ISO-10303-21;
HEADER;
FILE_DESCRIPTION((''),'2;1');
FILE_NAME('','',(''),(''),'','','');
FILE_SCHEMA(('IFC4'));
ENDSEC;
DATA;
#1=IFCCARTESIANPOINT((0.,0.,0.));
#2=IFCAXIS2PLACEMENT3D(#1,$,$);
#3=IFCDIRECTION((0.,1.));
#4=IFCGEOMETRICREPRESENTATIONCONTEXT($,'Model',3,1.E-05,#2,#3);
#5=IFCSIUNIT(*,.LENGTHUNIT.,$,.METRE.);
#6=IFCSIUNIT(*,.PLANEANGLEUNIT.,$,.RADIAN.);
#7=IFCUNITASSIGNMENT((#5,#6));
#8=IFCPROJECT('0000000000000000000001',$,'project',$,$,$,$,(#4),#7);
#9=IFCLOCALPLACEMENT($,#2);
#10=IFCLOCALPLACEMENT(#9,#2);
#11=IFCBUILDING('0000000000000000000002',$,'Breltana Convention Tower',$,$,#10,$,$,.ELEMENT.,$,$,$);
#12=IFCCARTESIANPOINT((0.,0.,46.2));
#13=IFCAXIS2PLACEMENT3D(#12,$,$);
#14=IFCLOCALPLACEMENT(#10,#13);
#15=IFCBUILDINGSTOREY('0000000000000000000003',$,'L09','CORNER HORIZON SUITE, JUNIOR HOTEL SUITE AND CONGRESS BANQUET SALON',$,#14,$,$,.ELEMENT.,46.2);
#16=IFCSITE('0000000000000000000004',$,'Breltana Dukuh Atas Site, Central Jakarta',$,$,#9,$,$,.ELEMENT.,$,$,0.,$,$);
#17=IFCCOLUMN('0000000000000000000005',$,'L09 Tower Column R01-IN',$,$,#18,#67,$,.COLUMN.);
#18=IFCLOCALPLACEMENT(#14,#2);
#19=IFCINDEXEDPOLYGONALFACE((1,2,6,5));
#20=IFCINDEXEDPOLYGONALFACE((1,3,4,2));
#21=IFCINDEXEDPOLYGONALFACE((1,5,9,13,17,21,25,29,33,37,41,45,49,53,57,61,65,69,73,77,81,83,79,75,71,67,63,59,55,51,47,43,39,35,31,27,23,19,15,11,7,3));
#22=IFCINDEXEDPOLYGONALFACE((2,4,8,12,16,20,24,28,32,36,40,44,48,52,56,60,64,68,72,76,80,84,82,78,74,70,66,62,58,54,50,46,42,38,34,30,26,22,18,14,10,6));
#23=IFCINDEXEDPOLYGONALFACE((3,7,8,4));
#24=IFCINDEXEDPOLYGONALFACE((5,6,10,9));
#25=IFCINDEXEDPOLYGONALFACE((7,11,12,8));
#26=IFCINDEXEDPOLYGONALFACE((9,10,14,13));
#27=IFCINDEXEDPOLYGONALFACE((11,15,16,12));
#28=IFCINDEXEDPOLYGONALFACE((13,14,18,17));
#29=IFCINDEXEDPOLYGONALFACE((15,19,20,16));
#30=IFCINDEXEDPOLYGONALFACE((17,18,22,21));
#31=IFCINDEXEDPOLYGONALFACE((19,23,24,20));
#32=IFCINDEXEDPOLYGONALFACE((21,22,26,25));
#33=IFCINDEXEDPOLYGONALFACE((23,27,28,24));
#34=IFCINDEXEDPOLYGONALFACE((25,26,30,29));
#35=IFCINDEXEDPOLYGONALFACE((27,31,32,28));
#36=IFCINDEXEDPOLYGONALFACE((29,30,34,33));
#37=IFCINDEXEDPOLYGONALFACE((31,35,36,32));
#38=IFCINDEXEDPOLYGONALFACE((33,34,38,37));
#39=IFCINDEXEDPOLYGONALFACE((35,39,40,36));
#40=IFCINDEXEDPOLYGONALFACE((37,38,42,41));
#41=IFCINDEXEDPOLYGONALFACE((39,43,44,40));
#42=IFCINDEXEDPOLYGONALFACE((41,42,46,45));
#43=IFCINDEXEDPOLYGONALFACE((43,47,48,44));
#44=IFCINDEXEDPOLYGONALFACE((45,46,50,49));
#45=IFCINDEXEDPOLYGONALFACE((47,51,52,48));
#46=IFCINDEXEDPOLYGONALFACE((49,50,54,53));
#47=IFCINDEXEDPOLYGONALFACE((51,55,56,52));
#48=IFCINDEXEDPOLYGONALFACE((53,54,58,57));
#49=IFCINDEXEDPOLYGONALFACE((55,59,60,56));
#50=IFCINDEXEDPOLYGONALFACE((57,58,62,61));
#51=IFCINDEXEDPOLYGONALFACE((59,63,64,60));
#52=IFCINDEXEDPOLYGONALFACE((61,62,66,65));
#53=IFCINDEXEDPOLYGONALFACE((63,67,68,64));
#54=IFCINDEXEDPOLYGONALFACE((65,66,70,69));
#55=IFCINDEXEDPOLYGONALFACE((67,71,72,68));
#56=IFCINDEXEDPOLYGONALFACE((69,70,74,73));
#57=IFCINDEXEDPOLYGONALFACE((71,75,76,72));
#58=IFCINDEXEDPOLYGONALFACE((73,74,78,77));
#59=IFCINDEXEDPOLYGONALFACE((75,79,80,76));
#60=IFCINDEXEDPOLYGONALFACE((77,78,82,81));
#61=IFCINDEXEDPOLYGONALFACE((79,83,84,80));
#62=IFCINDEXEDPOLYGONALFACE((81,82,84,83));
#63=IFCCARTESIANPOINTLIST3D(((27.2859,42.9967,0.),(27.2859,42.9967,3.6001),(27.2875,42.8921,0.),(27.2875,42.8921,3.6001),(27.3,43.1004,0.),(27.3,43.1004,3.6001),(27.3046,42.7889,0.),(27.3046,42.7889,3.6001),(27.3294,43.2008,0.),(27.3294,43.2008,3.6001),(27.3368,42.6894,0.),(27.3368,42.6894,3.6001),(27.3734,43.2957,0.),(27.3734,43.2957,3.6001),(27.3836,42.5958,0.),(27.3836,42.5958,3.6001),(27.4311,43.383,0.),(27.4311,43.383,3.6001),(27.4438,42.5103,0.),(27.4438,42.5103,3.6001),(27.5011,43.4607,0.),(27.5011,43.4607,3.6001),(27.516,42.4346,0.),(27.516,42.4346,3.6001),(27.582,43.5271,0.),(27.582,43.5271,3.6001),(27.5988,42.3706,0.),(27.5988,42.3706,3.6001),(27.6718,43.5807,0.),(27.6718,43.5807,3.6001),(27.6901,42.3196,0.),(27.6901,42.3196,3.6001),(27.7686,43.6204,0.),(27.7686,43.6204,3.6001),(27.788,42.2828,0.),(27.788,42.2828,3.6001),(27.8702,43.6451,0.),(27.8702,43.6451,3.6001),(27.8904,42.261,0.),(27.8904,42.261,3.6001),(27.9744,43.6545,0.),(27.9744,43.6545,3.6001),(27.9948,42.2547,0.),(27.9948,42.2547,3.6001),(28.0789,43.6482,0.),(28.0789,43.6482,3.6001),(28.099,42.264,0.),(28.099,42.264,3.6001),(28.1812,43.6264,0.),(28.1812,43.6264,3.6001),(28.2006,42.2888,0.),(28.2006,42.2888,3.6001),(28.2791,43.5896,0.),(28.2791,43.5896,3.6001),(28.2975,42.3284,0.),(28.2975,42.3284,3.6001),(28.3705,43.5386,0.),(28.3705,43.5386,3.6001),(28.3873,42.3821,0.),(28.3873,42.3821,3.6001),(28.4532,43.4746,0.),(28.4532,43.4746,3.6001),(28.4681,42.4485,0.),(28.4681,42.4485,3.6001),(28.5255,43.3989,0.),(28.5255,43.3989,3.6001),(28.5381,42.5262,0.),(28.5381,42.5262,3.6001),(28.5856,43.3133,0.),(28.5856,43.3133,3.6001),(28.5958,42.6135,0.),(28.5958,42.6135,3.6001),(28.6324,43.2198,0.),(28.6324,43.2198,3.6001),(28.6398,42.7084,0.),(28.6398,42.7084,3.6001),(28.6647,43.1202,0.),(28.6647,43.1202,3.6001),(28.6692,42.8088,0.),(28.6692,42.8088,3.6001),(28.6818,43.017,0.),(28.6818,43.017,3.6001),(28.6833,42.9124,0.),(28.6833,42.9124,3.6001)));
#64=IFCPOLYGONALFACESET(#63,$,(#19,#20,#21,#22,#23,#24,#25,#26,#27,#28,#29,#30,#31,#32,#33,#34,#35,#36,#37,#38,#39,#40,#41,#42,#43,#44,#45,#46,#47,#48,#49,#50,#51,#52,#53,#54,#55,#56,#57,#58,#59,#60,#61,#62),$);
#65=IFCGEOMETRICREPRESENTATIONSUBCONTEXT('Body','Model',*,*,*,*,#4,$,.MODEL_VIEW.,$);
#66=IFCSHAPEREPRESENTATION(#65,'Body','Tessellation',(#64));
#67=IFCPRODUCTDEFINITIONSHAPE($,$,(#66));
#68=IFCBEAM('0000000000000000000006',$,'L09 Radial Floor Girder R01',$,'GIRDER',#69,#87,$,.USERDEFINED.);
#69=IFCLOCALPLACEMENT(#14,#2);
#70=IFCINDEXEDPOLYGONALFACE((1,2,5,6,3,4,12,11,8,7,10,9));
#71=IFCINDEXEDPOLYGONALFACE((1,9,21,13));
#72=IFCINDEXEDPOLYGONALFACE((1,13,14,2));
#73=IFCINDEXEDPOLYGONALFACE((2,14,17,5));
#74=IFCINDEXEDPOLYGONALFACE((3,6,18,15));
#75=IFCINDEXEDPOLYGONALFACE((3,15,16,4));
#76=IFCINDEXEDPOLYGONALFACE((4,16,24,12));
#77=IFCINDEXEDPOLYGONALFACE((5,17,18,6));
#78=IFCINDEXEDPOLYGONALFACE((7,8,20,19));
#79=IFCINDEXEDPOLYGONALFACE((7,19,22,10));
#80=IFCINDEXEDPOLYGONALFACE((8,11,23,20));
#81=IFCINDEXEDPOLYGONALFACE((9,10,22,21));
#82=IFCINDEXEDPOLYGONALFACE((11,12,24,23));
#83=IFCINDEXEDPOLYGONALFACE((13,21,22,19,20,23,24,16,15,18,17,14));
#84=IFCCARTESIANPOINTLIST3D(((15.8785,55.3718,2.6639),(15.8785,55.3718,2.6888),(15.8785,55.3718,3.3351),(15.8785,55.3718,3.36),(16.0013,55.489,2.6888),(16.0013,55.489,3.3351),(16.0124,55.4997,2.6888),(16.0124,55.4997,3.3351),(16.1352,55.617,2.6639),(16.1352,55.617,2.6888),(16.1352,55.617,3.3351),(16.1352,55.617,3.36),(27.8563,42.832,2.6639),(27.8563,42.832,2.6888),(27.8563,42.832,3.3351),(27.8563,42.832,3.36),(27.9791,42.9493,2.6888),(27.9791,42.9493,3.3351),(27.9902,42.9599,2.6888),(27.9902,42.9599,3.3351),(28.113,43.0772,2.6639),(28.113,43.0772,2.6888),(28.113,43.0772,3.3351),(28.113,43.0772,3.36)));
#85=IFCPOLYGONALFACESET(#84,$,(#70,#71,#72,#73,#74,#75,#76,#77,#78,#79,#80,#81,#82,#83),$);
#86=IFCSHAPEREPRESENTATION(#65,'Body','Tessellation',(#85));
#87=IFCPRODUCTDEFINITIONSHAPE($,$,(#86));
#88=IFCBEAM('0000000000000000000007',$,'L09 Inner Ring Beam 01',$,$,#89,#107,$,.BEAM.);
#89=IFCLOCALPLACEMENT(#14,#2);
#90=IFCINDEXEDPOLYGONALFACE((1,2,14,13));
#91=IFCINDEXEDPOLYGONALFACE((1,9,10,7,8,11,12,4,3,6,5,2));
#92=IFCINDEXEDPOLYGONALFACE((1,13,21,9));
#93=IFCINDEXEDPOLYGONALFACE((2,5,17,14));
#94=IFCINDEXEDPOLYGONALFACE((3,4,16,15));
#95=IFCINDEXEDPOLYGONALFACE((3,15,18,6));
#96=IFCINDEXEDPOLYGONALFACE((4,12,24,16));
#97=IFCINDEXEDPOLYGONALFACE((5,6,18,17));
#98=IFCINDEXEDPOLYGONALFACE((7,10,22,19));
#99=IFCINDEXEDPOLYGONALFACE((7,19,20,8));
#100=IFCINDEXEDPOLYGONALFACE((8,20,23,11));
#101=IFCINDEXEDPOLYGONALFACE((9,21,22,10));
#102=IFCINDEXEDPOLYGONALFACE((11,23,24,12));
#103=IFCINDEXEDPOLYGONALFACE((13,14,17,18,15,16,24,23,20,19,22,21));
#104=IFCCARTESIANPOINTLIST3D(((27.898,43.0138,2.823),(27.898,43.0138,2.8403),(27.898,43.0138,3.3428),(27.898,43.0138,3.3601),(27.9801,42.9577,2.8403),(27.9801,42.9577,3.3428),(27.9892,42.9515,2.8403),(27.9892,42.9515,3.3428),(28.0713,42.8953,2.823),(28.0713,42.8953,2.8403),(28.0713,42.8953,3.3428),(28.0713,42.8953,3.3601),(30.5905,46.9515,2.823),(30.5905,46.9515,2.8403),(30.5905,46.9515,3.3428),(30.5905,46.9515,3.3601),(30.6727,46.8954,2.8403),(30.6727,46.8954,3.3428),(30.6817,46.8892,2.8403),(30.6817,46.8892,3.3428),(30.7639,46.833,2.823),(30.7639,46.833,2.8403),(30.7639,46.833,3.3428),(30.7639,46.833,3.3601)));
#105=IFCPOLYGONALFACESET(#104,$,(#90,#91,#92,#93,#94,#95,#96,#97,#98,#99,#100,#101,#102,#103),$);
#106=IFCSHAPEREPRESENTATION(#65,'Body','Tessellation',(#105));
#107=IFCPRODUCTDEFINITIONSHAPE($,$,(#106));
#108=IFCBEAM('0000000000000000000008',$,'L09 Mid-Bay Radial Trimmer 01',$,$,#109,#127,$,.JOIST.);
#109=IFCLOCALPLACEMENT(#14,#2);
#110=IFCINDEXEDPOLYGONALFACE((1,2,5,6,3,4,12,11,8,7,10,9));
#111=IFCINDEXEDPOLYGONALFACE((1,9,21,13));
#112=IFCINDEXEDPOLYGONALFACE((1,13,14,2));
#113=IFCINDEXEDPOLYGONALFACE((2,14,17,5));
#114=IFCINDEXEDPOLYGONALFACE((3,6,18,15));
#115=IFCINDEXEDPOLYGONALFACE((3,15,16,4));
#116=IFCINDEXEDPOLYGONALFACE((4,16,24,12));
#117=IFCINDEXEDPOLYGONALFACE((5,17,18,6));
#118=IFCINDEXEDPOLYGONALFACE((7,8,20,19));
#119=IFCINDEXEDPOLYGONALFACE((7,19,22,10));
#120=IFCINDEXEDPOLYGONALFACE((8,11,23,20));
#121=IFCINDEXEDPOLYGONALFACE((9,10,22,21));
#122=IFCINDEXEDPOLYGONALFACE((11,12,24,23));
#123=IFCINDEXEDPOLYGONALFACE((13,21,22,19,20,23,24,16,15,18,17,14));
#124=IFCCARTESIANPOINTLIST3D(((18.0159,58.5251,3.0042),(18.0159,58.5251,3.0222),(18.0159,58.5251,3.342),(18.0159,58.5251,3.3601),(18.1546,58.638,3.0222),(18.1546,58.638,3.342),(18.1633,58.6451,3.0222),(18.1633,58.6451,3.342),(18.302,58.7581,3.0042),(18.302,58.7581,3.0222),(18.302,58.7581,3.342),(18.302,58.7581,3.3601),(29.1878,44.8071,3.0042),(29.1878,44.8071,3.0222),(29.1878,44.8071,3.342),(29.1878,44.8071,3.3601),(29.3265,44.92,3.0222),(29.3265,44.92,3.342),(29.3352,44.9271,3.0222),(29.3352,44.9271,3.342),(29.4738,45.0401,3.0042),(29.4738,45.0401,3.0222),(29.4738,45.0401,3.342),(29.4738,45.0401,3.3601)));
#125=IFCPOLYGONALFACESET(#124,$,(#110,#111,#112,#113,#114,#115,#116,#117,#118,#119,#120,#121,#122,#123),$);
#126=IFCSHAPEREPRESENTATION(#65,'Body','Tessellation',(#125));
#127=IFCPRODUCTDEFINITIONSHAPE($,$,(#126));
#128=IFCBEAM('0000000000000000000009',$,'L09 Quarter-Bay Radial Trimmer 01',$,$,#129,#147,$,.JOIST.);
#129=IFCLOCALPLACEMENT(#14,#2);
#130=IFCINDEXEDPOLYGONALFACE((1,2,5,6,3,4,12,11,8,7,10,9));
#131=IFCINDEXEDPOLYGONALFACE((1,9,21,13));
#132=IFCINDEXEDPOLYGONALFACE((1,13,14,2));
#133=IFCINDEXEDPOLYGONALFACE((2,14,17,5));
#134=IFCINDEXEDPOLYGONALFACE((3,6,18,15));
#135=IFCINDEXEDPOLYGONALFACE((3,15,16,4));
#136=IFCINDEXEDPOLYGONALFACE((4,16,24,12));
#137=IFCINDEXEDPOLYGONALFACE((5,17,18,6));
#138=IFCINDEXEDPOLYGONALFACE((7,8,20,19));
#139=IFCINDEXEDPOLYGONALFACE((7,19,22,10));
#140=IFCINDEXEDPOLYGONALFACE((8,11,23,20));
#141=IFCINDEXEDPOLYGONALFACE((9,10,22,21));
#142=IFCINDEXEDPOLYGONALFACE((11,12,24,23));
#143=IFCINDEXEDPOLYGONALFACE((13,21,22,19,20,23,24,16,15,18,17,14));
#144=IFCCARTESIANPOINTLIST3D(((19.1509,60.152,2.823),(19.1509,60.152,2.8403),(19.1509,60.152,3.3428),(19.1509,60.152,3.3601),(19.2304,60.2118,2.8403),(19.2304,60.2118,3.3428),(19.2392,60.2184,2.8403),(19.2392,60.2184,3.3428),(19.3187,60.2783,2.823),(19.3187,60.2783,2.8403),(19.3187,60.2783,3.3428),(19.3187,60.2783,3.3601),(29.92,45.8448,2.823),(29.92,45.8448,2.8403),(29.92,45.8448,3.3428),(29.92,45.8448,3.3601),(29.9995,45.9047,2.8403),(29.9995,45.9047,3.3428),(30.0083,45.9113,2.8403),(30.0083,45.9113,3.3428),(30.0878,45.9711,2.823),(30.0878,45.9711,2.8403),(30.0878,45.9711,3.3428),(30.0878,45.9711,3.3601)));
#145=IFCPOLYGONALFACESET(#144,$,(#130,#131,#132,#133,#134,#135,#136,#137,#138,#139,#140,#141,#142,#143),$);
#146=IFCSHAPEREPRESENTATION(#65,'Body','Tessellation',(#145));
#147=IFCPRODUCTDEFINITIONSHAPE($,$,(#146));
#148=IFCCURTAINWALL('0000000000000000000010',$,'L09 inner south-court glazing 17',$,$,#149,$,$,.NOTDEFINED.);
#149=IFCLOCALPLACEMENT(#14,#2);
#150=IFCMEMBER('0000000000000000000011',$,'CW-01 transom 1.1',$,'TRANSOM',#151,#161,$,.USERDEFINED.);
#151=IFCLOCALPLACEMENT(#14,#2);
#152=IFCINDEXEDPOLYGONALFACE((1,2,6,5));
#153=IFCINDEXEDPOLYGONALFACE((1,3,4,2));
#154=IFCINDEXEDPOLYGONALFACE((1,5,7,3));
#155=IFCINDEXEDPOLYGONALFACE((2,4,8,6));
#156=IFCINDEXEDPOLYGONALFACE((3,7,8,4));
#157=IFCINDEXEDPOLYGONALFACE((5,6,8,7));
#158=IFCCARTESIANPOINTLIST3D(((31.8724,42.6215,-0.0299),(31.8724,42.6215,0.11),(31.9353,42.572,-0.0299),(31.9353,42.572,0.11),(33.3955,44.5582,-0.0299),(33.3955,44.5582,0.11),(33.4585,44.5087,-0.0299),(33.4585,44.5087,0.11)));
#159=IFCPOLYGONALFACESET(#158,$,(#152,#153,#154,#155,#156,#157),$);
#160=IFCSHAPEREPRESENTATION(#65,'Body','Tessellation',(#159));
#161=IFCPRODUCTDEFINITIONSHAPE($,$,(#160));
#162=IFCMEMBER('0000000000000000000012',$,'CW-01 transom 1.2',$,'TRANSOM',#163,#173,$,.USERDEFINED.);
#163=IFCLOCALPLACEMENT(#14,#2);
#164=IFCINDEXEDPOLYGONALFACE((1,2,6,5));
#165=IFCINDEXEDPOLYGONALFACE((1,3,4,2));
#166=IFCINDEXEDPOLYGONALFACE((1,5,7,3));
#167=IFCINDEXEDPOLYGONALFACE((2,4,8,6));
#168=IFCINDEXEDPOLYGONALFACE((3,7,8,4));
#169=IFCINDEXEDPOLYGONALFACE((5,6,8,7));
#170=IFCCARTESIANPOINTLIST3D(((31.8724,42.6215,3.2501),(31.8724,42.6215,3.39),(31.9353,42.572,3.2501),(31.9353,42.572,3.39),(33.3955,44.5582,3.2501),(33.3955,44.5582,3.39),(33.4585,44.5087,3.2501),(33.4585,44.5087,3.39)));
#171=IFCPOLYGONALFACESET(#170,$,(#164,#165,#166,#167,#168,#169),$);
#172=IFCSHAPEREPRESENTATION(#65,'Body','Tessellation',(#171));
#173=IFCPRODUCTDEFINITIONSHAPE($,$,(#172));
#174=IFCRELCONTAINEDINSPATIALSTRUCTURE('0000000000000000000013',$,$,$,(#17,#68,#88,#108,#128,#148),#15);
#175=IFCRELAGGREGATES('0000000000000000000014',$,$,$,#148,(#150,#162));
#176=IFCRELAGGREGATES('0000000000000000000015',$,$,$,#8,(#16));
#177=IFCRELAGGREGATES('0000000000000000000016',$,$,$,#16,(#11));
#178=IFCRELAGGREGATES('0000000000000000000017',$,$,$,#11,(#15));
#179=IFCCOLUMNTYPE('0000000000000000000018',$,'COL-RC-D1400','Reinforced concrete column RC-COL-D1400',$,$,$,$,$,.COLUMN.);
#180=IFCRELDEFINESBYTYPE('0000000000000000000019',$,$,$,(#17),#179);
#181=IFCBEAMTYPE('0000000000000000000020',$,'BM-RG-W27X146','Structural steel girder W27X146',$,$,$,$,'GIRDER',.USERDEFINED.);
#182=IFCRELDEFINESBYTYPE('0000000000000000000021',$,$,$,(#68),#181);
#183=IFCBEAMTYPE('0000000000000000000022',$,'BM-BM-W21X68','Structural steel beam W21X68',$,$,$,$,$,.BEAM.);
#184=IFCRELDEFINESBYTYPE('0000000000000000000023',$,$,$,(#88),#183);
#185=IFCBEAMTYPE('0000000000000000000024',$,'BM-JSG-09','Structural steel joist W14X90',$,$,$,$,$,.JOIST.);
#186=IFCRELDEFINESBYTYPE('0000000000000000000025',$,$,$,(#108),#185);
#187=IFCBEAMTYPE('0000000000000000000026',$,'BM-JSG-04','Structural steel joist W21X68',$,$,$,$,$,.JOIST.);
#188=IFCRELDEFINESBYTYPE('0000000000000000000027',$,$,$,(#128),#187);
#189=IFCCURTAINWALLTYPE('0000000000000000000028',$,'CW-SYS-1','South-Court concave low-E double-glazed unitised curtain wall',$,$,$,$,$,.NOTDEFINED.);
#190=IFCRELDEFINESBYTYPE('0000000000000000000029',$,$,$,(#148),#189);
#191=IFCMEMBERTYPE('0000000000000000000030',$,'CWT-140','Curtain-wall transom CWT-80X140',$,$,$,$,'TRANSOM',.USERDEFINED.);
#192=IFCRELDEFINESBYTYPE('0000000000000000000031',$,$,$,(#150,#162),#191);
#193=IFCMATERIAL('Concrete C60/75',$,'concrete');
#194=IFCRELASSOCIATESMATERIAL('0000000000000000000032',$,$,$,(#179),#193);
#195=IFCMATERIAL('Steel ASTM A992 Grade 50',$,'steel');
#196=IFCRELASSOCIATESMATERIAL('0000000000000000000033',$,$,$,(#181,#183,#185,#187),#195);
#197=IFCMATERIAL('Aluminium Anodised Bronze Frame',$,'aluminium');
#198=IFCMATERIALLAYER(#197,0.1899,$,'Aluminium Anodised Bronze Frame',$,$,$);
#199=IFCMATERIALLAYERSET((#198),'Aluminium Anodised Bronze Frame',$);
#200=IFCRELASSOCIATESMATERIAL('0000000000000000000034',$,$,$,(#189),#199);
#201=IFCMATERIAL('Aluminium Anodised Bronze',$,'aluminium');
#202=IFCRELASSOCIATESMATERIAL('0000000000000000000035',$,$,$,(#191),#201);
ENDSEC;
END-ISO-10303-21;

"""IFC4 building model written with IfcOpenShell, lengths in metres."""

from ifc_helpers import new_model, si_unit, direction, frame, origin, origin_2d, place, context, subcontext, project, spatial, rectangle, circle, i_section, extrude, source, transform, mapped, material, layer, layer_set, material_profile, profile_set, type_object, type_shapes, element, aggregate, save


model = new_model("IFC4")

# Units and contexts
model_context = context("Model", 3, precision=1e-05, world=origin(), true_north=direction((0.0, 1.0)))
body_context = subcontext(model_context, "Body", "Model", "MODEL_VIEW")
ifc_project = project(units=[si_unit("LENGTHUNIT", "METRE"), si_unit("PLANEANGLEUNIT", "RADIAN")], contexts=[model_context])

# Site, building, storey
site_placement = place(None, origin())
site = spatial("IfcSite", under=ifc_project, at=site_placement, Name="Breltana Dukuh Atas Site, Central Jakarta", CompositionType="ELEMENT", RefElevation=0.0)
building_placement = place(site_placement, origin())
building = spatial("IfcBuilding", under=site, at=building_placement, Name="Breltana Convention Tower", CompositionType="ELEMENT")
storey_placement = place(building_placement, frame((0.0, 0.0, 46.2)))
storey = spatial("IfcBuildingStorey", under=building, at=storey_placement, Name="L09", Description="CORNER HORIZON SUITE, JUNIOR HOTEL SUITE AND CONGRESS BANQUET SALON", CompositionType="ELEMENT", Elevation=46.2)

# Column
ifc_material_1 = material(Name="Concrete C60/75", Category="concrete")
ifc_material_profile_1 = material_profile(ifc_material_1, circle(Radius=0.7, at=origin_2d()), Name="RC-COL-D1400")
ifc_profile_set_1 = profile_set([ifc_material_profile_1], Name="Concrete C60/75")
column_type = type_object("IfcColumnType", Name="COL-RC-D1400", Description="Reinforced concrete column RC-COL-D1400", PredefinedType="COLUMN", material=ifc_profile_set_1)
shared_shape_1 = source(origin(), body_context, "Body", "SweptSolid", [
    extrude(circle(Radius=0.7, at=origin_2d()), origin(), (0.0, 0.0, 1.0), 3.6001),
])
column_placement = place(storey_placement, frame((27.9846, 42.9546, 0.0), z_axis=(0.0, 0.0, 1.0), x_axis=(-0.690756, 0.723088, 0.0)))
element("IfcColumn", 1, at=column_placement, inside=storey, type_object=column_type, Name="L09 Tower Column R01-IN", PredefinedType="COLUMN", context=body_context, shape_type="MappedRepresentation", body=[
    mapped(shared_shape_1, transform((0.0, 0.0, 0.0), scale=1.0)),
])

# Beams
ifc_material_2 = material(Name="Steel ASTM A992 Grade 50", Category="steel")
ifc_material_profile_2 = material_profile(ifc_material_2, i_section(OverallWidth=0.355, OverallDepth=0.696, WebThickness=0.0154, FlangeThickness=0.0249, at=origin_2d()), Name="W27X146")
ifc_profile_set_2 = profile_set([ifc_material_profile_2], Name="Steel ASTM A992 Grade 50")
beam_type_1 = type_object("IfcBeamType", Name="BM-RG-W27X146", Description="Structural steel girder W27X146", ElementType="GIRDER", PredefinedType="USERDEFINED", material=ifc_profile_set_2)
shared_shape_2 = source(origin(), body_context, "Body", "SweptSolid", [
    extrude(i_section(OverallWidth=0.355, OverallDepth=0.696, WebThickness=0.0154, FlangeThickness=0.0249, at=origin_2d()), origin(), (0.0, 0.0, 1.0), 17.3411),
])
type_shapes(beam_type_1, [shared_shape_2])
beam_1_placement = place(storey_placement, frame((27.9846, 42.9546, 3.012), z_axis=(-0.690716, 0.723126, 0.0), x_axis=(-0.723126, -0.690716, 0.0)))
element("IfcBeam", 2, at=beam_1_placement, inside=storey, type_object=beam_type_1, Name="L09 Radial Floor Girder R01", ObjectType="GIRDER", PredefinedType="USERDEFINED", context=body_context, shape_type="MappedRepresentation", body=[
    mapped(shared_shape_2, transform((0.0, 0.0, 0.0), scale=1.0)),
])
ifc_material_profile_3 = material_profile(ifc_material_2, i_section(OverallWidth=0.21, OverallDepth=0.5371, WebThickness=0.011, FlangeThickness=0.0173, at=origin_2d()), Name="W21X68")
ifc_profile_set_3 = profile_set([ifc_material_profile_3], Name="Steel ASTM A992 Grade 50")
beam_type_2 = type_object("IfcBeamType", Name="BM-BM-W21X68", Description="Structural steel beam W21X68", PredefinedType="BEAM", material=ifc_profile_set_3)
shared_shape_3 = source(origin(), body_context, "Body", "SweptSolid", [
    extrude(i_section(OverallWidth=0.21, OverallDepth=0.5371, WebThickness=0.011, FlangeThickness=0.0173, at=origin_2d()), origin(), (0.0, 0.0, 1.0), 4.7703),
])
beam_2_placement = place(storey_placement, frame((27.9846, 42.9546, 3.0916), z_axis=(0.564453, 0.825465, 0.0), x_axis=(-0.825465, 0.564453, 0.0)))
element("IfcBeam", 3, at=beam_2_placement, inside=storey, type_object=beam_type_2, Name="L09 Inner Ring Beam 01", PredefinedType="BEAM", context=body_context, shape_type="MappedRepresentation", body=[
    mapped(shared_shape_3, transform((0.0, 0.0, 0.0), scale=1.0)),
])
ifc_material_profile_4 = material_profile(ifc_material_2, i_section(OverallWidth=0.3689, OverallDepth=0.356, WebThickness=0.0112, FlangeThickness=0.0181, at=origin_2d()), Name="W14X90")
ifc_profile_set_4 = profile_set([ifc_material_profile_4], Name="Steel ASTM A992 Grade 50")
beam_type_3 = type_object("IfcBeamType", Name="BM-JSG-09", Description="Structural steel joist W14X90", PredefinedType="JOIST", material=ifc_profile_set_4)
shared_shape_4 = source(origin(), body_context, "Body", "SweptSolid", [
    extrude(i_section(OverallWidth=0.3689, OverallDepth=0.356, WebThickness=0.0112, FlangeThickness=0.0181, at=origin_2d()), origin(), (0.0, 0.0, 1.0), 17.6917),
])
type_shapes(beam_type_3, [shared_shape_4])
beam_3_placement = place(storey_placement, frame((29.3308, 44.9236, 3.1821), z_axis=(-0.631477, 0.775395, 0.0), x_axis=(-0.775395, -0.631477, 0.0)))
element("IfcBeam", 4, at=beam_3_placement, inside=storey, type_object=beam_type_3, Name="L09 Mid-Bay Radial Trimmer 01", PredefinedType="JOIST", context=body_context, shape_type="MappedRepresentation", body=[
    mapped(shared_shape_4, transform((0.0, 0.0, 0.0), scale=1.0)),
])
ifc_material_profile_5 = material_profile(ifc_material_2, i_section(OverallWidth=0.21, OverallDepth=0.5371, WebThickness=0.011, FlangeThickness=0.0173, at=origin_2d()), Name="W21X68")
ifc_profile_set_5 = profile_set([ifc_material_profile_5], Name="Steel ASTM A992 Grade 50")
beam_type_4 = type_object("IfcBeamType", Name="BM-JSG-04", Description="Structural steel joist W21X68", PredefinedType="JOIST", material=ifc_profile_set_5)
shared_shape_5 = source(origin(), body_context, "Body", "SweptSolid", [
    extrude(i_section(OverallWidth=0.21, OverallDepth=0.5371, WebThickness=0.011, FlangeThickness=0.0173, at=origin_2d()), origin(), (0.0, 0.0, 1.0), 17.9072),
])
beam_4_placement = place(storey_placement, frame((30.0039, 45.908, 3.0916), z_axis=(-0.601382, 0.798962, 0.0), x_axis=(-0.798962, -0.601382, 0.0)))
element("IfcBeam", 5, at=beam_4_placement, inside=storey, type_object=beam_type_4, Name="L09 Quarter-Bay Radial Trimmer 01", PredefinedType="JOIST", context=body_context, shape_type="MappedRepresentation", body=[
    mapped(shared_shape_5, transform((0.0, 0.0, 0.0), scale=1.0)),
])

# Curtain wall, members
ifc_material_3 = material(Name="Aluminium Anodised Bronze Frame", Category="aluminium")
ifc_layer_1 = layer(ifc_material_3, 0.1899, Name="Aluminium Anodised Bronze Frame")
ifc_layer_set_1 = layer_set([ifc_layer_1], Name="Aluminium Anodised Bronze Frame")
curtain_wall_type = type_object("IfcCurtainWallType", Name="CW-SYS-1", Description="South-Court concave low-E double-glazed unitised curtain wall", PredefinedType="NOTDEFINED", material=ifc_layer_set_1)
curtain_wall_1_placement = place(storey_placement, origin())
curtain_wall_1 = element("IfcCurtainWall", 6, at=curtain_wall_1_placement, inside=storey, type_object=curtain_wall_type, Name="L09 inner south-court glazing 17", PredefinedType="NOTDEFINED")
ifc_material_4 = material(Name="Aluminium Anodised Bronze", Category="aluminium")
ifc_material_profile_6 = material_profile(ifc_material_4, rectangle(XDim=0.0801, YDim=0.1399, at=origin_2d()), Name="CWT-80X140")
ifc_profile_set_6 = profile_set([ifc_material_profile_6], Name="Aluminium Anodised Bronze")
member_type_1 = type_object("IfcMemberType", Name="CWT-140", Description="Curtain-wall transom CWT-80X140", ElementType="TRANSOM", PredefinedType="USERDEFINED", material=ifc_profile_set_6)
shared_shape_6 = source(origin(), body_context, "Body", "SweptSolid", [
    extrude(rectangle(XDim=0.0801, YDim=0.1399, at=origin_2d()), origin(), (0.0, 0.0, 1.0), 2.4639),
])
member_1_placement = place(storey_placement, frame((33.427, 44.5334, 0.04), z_axis=(-0.618185, -0.786033, 0.0), x_axis=(0.786033, -0.618185, 0.0)))
member_1 = element("IfcMember", 7, at=member_1_placement, type_object=member_type_1, Name="CW-01 transom 1.1", ObjectType="TRANSOM", PredefinedType="USERDEFINED", context=body_context, shape_type="MappedRepresentation", body=[
    mapped(shared_shape_6, transform((0.0, 0.0, 0.0), scale=1.0)),
])
member_2_placement = place(storey_placement, frame((33.427, 44.5334, 3.3201), z_axis=(-0.618185, -0.786033, 0.0), x_axis=(0.786033, -0.618185, 0.0)))
member_2 = element("IfcMember", 8, at=member_2_placement, type_object=member_type_1, Name="CW-01 transom 1.2", ObjectType="TRANSOM", PredefinedType="USERDEFINED", context=body_context, shape_type="MappedRepresentation", body=[
    mapped(shared_shape_6, transform((0.0, 0.0, 0.0), scale=1.0)),
])

aggregate(curtain_wall_1, [member_1, member_2])

save(model, "model.ifc")
